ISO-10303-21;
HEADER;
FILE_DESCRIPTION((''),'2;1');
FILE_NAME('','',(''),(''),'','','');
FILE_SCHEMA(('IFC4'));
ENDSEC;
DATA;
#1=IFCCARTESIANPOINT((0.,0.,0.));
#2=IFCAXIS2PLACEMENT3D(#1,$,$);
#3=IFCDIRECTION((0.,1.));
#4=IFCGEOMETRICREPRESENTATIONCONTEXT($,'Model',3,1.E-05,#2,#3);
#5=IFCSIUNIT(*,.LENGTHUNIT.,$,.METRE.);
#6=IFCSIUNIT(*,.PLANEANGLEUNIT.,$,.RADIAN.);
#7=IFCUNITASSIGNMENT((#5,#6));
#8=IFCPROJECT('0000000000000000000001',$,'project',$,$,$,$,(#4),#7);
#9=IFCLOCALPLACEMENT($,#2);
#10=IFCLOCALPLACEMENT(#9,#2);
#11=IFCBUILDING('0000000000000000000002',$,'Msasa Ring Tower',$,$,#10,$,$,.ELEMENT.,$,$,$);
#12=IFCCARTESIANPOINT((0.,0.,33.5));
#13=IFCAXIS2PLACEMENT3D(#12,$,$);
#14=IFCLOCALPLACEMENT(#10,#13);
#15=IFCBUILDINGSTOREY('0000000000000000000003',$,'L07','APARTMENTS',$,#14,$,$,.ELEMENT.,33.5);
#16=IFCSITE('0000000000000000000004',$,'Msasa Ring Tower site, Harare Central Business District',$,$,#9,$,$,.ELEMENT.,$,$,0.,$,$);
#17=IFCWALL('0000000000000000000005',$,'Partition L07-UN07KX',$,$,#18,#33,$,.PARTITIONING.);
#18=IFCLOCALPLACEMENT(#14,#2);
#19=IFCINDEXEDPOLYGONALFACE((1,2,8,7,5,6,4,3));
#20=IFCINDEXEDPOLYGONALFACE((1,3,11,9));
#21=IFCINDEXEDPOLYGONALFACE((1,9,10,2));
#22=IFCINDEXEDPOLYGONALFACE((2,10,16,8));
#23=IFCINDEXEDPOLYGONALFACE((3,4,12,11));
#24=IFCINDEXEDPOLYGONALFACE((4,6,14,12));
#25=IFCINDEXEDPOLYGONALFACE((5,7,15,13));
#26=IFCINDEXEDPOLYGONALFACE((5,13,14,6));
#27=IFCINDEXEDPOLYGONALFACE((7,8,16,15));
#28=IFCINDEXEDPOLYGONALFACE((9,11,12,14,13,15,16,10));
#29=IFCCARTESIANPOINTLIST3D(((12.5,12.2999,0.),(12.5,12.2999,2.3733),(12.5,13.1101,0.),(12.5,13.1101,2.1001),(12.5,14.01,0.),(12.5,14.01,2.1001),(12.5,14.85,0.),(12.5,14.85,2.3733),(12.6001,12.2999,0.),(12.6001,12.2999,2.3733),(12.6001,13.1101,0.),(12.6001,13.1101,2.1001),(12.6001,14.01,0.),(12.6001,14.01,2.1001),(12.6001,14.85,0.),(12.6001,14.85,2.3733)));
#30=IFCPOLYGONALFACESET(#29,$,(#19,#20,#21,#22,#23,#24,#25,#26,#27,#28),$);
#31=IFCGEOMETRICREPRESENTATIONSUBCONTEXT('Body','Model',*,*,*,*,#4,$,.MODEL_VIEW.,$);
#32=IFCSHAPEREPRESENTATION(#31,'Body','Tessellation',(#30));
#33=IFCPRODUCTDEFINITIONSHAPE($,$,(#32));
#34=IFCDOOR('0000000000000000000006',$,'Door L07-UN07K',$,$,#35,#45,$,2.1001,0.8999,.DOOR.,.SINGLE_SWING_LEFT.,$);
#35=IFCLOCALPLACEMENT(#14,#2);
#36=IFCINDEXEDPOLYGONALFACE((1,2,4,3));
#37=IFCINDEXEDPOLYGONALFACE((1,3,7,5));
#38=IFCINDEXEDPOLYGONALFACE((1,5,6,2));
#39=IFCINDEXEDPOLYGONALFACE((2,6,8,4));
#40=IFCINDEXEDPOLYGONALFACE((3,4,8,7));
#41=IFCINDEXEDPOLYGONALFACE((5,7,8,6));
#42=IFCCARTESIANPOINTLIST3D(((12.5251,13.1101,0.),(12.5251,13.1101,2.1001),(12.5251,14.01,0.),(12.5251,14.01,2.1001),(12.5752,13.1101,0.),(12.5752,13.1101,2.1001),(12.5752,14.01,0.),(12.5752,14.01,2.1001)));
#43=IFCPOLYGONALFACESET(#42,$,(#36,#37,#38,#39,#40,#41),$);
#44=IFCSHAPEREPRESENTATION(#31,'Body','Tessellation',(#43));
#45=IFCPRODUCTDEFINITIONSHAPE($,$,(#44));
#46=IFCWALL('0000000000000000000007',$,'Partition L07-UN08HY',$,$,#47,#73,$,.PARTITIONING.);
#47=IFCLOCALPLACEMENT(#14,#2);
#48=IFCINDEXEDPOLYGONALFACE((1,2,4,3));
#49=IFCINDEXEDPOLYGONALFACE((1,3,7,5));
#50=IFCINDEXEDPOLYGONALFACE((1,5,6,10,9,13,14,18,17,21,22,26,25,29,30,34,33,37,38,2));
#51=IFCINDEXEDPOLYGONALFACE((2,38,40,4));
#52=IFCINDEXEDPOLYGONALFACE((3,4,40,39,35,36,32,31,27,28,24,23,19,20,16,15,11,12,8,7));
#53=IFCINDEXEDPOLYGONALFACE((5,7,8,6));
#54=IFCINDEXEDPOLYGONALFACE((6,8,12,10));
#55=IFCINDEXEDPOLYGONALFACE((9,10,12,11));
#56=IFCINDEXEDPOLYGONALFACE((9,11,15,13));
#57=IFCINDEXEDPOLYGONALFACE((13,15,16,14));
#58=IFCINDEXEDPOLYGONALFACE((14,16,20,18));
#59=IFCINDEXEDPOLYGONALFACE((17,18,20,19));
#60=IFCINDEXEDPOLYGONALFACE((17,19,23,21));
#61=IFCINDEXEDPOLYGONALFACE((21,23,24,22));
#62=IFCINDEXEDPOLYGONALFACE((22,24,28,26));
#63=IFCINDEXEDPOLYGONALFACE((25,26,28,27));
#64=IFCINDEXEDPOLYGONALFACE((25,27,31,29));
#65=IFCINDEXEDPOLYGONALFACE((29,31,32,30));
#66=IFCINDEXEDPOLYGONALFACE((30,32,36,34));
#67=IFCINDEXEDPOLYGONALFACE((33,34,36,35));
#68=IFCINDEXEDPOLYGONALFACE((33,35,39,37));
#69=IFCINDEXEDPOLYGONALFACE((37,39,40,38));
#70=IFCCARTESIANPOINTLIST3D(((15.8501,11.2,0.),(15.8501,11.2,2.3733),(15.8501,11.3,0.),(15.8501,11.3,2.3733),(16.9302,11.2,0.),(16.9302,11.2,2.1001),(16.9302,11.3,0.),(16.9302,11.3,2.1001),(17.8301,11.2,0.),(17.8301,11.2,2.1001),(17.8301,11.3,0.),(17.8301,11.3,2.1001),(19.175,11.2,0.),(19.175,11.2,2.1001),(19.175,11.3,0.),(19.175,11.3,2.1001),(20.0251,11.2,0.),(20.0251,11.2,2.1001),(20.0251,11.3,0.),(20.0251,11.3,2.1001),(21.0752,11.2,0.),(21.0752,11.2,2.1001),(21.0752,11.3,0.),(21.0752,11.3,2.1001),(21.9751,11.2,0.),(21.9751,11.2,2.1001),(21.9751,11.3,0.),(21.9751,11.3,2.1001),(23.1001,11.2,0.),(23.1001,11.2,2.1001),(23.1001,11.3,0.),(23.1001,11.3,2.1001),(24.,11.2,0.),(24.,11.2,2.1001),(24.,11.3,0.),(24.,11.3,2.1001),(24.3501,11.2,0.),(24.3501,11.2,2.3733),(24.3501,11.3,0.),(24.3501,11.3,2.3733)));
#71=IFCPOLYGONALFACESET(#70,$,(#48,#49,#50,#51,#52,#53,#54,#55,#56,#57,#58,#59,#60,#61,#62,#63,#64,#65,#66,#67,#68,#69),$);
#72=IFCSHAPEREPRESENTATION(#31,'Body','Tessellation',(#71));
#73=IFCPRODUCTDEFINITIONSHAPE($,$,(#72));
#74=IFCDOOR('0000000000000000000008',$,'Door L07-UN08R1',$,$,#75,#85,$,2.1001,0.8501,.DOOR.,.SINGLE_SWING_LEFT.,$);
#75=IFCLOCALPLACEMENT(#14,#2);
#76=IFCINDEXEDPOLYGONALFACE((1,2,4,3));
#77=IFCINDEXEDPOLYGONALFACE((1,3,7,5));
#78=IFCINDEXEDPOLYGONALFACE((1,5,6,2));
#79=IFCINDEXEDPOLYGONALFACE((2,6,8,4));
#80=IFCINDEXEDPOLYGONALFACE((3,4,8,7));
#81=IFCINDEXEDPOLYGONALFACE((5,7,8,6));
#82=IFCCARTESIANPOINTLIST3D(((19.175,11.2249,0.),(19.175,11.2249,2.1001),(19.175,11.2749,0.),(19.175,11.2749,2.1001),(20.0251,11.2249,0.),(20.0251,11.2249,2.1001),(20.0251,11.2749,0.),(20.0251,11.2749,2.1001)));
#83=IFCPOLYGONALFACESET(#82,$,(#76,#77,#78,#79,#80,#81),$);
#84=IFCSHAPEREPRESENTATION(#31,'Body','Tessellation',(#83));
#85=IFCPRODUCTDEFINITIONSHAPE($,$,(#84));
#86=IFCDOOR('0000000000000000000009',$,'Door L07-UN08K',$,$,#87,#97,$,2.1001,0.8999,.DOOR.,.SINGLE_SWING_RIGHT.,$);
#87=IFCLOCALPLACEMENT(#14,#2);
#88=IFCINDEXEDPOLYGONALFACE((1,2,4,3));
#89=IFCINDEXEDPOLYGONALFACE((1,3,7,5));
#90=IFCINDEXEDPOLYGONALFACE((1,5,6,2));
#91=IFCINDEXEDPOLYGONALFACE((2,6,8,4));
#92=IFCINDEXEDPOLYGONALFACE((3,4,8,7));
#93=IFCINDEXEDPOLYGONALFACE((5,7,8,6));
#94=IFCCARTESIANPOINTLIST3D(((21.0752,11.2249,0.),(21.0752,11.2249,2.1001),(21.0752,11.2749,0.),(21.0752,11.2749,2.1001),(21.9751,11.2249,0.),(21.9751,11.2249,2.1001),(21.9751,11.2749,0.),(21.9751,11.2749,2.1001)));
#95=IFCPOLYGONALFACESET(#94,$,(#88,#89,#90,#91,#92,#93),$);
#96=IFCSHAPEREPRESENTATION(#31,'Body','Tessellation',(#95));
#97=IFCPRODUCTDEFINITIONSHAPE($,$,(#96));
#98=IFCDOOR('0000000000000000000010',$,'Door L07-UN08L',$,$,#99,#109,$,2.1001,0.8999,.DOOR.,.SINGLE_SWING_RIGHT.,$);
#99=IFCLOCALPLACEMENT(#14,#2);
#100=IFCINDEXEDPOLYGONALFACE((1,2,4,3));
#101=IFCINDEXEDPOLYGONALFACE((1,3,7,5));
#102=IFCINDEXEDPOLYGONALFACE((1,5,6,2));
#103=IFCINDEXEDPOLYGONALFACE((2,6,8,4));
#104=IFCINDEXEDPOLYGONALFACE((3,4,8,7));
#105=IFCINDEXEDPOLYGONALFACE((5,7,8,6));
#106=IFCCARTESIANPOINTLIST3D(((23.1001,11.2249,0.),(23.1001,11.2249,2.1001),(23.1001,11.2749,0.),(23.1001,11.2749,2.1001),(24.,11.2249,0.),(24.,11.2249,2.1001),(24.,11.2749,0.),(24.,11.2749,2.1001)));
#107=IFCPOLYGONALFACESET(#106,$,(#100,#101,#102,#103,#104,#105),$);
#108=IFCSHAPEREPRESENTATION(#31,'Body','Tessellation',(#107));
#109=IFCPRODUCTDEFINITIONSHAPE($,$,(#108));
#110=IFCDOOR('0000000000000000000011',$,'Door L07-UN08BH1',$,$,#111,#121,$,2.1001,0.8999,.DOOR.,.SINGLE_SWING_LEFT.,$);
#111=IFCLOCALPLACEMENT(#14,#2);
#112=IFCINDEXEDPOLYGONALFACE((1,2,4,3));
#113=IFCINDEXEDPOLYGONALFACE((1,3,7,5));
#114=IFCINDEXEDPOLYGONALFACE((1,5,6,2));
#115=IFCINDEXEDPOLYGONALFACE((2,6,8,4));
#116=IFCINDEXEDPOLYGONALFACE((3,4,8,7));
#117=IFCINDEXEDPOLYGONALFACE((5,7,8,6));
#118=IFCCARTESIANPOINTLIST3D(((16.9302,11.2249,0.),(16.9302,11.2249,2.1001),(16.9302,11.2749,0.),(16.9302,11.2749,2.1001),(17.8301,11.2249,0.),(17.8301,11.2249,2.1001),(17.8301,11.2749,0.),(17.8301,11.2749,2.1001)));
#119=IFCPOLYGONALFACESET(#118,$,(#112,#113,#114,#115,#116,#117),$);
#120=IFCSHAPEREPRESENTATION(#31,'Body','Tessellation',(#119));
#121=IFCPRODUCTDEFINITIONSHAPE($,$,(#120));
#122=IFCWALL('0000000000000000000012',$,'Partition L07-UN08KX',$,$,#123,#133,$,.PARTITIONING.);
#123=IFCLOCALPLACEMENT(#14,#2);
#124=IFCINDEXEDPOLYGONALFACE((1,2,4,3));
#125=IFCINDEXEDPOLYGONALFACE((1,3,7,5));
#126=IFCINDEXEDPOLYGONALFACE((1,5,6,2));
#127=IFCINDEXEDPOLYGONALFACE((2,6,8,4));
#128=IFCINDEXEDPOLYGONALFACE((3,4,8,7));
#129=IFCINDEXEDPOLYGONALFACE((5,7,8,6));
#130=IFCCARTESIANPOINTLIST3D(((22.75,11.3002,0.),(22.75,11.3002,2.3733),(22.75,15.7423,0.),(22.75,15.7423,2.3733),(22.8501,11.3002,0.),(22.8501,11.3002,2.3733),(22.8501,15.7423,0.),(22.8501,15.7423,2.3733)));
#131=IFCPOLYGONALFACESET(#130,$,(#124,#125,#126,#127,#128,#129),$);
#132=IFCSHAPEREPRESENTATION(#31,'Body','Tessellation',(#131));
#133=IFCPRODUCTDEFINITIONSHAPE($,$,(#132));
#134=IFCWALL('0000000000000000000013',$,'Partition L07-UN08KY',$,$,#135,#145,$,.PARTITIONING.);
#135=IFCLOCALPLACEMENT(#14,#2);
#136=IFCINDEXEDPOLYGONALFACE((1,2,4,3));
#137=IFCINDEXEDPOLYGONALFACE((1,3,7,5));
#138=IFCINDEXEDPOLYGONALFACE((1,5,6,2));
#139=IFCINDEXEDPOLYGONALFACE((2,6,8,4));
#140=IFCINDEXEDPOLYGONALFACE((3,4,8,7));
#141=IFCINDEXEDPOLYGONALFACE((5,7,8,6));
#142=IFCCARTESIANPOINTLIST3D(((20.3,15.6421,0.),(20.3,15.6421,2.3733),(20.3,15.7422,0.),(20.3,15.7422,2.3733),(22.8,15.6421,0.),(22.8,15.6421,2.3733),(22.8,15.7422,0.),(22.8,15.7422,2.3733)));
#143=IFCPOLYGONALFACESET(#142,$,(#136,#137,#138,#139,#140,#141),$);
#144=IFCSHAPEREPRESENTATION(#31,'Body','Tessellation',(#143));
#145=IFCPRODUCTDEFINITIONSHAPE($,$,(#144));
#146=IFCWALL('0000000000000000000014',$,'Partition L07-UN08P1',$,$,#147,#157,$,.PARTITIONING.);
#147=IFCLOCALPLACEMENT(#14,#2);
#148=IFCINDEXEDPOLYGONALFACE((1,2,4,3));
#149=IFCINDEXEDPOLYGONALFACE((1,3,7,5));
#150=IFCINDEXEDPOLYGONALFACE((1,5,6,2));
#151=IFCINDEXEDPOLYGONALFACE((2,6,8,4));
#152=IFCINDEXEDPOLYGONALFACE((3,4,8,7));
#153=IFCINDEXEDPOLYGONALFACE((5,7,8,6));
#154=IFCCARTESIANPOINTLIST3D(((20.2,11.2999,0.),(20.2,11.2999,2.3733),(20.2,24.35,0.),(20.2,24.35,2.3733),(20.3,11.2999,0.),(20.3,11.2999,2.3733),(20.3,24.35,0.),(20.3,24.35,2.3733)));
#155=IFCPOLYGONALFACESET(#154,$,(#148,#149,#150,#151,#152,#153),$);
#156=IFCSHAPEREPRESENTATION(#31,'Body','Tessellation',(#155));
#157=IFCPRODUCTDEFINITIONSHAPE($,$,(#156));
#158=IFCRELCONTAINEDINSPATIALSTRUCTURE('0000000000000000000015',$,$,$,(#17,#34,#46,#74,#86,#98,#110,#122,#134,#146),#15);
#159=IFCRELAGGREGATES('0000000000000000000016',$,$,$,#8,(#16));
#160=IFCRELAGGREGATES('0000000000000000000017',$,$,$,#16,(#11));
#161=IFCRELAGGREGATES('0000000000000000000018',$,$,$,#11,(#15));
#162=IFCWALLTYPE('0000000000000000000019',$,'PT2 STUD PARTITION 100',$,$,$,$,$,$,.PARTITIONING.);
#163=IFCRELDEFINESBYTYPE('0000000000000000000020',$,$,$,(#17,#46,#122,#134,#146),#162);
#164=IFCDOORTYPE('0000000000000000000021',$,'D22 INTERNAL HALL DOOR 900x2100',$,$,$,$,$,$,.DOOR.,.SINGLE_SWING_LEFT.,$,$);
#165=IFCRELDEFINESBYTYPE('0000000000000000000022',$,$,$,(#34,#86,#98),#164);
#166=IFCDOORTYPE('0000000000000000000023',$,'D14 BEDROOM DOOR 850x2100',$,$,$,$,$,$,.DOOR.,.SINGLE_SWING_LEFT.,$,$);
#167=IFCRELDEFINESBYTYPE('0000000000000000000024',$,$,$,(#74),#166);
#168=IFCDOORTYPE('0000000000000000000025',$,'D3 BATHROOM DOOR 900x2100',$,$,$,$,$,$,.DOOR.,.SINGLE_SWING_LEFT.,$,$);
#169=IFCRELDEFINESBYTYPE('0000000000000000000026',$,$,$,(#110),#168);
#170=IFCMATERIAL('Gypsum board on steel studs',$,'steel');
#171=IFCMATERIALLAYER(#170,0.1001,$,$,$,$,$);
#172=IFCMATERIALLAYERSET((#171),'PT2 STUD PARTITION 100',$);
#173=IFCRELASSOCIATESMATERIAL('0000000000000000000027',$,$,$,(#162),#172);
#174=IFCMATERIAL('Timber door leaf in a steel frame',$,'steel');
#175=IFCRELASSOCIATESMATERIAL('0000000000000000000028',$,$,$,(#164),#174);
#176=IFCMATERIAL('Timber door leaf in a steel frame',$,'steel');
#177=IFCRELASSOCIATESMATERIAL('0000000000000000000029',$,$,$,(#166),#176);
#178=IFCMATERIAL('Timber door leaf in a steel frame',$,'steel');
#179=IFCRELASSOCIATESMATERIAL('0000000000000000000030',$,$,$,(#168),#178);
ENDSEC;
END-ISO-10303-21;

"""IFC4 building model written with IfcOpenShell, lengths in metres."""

from ifc_helpers import new_model, si_unit, direction, frame, frame_2d, origin, place, context, subcontext, project, spatial, rectangle, extrude, material, layer, layer_set, type_object, element, fill, save


model = new_model("IFC4")

# Units and contexts
model_context = context("Model", 3, precision=1e-05, world=origin(), true_north=direction((0.0, 1.0)))
body_context = subcontext(model_context, "Body", "Model", "MODEL_VIEW")
ifc_project = project(units=[si_unit("LENGTHUNIT", "METRE"), si_unit("PLANEANGLEUNIT", "RADIAN")], contexts=[model_context])

# Site, building, storey
site_placement = place(None, origin())
site = spatial("IfcSite", under=ifc_project, at=site_placement, Name="Msasa Ring Tower site, Harare Central Business District", CompositionType="ELEMENT", RefElevation=0.0)
building_placement = place(site_placement, origin())
building = spatial("IfcBuilding", under=site, at=building_placement, Name="Msasa Ring Tower", CompositionType="ELEMENT")
storey_placement = place(building_placement, frame((0.0, 0.0, 33.5)))
storey = spatial("IfcBuildingStorey", under=building, at=storey_placement, Name="L07", Description="APARTMENTS", CompositionType="ELEMENT", Elevation=33.5)

# Shared definitions
ifc_material_1 = material(Name="Gypsum board on steel studs", Category="steel")
ifc_layer_1 = layer(ifc_material_1, 0.1001)
ifc_layer_set_1 = layer_set([ifc_layer_1], Name="PT2 STUD PARTITION 100")
wall_type_1 = type_object("IfcWallType", Name="PT2 STUD PARTITION 100", PredefinedType="PARTITIONING", material=ifc_layer_set_1)

# Wall, opening, door
wall_1_placement = place(storey_placement, frame((12.55, 12.3, 0.0), z_axis=(0.0, 0.0, 1.0), x_axis=(0.0, 1.0, 0.0)))
wall_1 = element("IfcWall", 1, at=wall_1_placement, inside=storey, type_object=wall_type_1, Name="Partition L07-UN07KX", PredefinedType="PARTITIONING", context=body_context, shape_type="SweptSolid", body=[
    extrude(rectangle(XDim=2.55, YDim=0.1001, at=frame_2d((1.2749, 0.0))), origin(), (0.0, 0.0, 1.0), 2.3733),
])
opening_1_placement = place(wall_1_placement, frame((0.8101, 0.0, 0.0)))
opening_1 = element("IfcOpeningElement", 2, at=opening_1_placement, cuts=wall_1, PredefinedType="OPENING", context=body_context, shape_type="SweptSolid", body=[
    extrude(rectangle(XDim=0.8999, YDim=2.1001, at=frame_2d((0.45, 1.05))), frame((0.0, 0.0601, 0.0), z_axis=(0.0, -1.0, 0.0), x_axis=(1.0, 0.0, 0.0)), (0.0, 0.0, 1.0), 0.1201),
])
ifc_material_2 = material(Name="Timber door leaf in a steel frame", Category="steel")
door_type_1 = type_object("IfcDoorType", Name="D22 INTERNAL HALL DOOR 900x2100", OperationType="SINGLE_SWING_LEFT", PredefinedType="DOOR", material=ifc_material_2)
door_1_placement = place(opening_1_placement, origin())
door_1 = element("IfcDoor", 3, at=door_1_placement, inside=storey, type_object=door_type_1, Name="Door L07-UN07K", OperationType="SINGLE_SWING_LEFT", OverallHeight=2.1001, OverallWidth=0.8999, PredefinedType="DOOR", context=body_context, shape_type="SweptSolid", body=[
    extrude(rectangle(XDim=0.8999, YDim=2.1001, at=frame_2d((0.45, 1.05))), frame((0.0, 0.0249, 0.0), z_axis=(0.0, -1.0, 0.0), x_axis=(1.0, 0.0, 0.0)), (0.0, 0.0, 1.0), 0.05),
])
fill(opening_1, door_1)

# Wall, openings, doors
wall_2_placement = place(storey_placement, frame((15.8501, 11.25, 0.0), z_axis=(0.0, 0.0, 1.0), x_axis=(1.0, 0.0, 0.0)))
wall_2 = element("IfcWall", 4, at=wall_2_placement, inside=storey, type_object=wall_type_1, Name="Partition L07-UN08HY", PredefinedType="PARTITIONING", context=body_context, shape_type="SweptSolid", body=[
    extrude(rectangle(XDim=8.5, YDim=0.1001, at=frame_2d((4.25, 0.0))), origin(), (0.0, 0.0, 1.0), 2.3733),
])
opening_2_placement = place(wall_2_placement, frame((5.2251, 0.0, 0.0)))
opening_2 = element("IfcOpeningElement", 5, at=opening_2_placement, cuts=wall_2, PredefinedType="OPENING", context=body_context, shape_type="SweptSolid", body=[
    extrude(rectangle(XDim=0.8999, YDim=2.1001, at=frame_2d((0.45, 1.05))), frame((0.0, 0.0601, 0.0), z_axis=(0.0, -1.0, 0.0), x_axis=(1.0, 0.0, 0.0)), (0.0, 0.0, 1.0), 0.1201),
])
opening_3_placement = place(wall_2_placement, frame((7.25, 0.0, 0.0)))
opening_3 = element("IfcOpeningElement", 6, at=opening_3_placement, cuts=wall_2, PredefinedType="OPENING", context=body_context, shape_type="SweptSolid", body=[
    extrude(rectangle(XDim=0.8999, YDim=2.1001, at=frame_2d((0.45, 1.05))), frame((0.0, 0.0601, 0.0), z_axis=(0.0, -1.0, 0.0), x_axis=(1.0, 0.0, 0.0)), (0.0, 0.0, 1.0), 0.1201),
])
opening_4_placement = place(wall_2_placement, frame((3.325, 0.0, 0.0)))
opening_4 = element("IfcOpeningElement", 7, at=opening_4_placement, cuts=wall_2, PredefinedType="OPENING", context=body_context, shape_type="SweptSolid", body=[
    extrude(rectangle(XDim=0.8501, YDim=2.1001, at=frame_2d((0.425, 1.05))), frame((0.0, 0.0601, 0.0), z_axis=(0.0, -1.0, 0.0), x_axis=(1.0, 0.0, 0.0)), (0.0, 0.0, 1.0), 0.1201),
])
opening_5_placement = place(wall_2_placement, frame((1.0801, 0.0, 0.0)))
opening_5 = element("IfcOpeningElement", 8, at=opening_5_placement, cuts=wall_2, PredefinedType="OPENING", context=body_context, shape_type="SweptSolid", body=[
    extrude(rectangle(XDim=0.8999, YDim=2.1001, at=frame_2d((0.45, 1.05))), frame((0.0, 0.0601, 0.0), z_axis=(0.0, -1.0, 0.0), x_axis=(1.0, 0.0, 0.0)), (0.0, 0.0, 1.0), 0.1201),
])
ifc_material_3 = material(Name="Timber door leaf in a steel frame", Category="steel")
door_type_2 = type_object("IfcDoorType", Name="D14 BEDROOM DOOR 850x2100", OperationType="SINGLE_SWING_LEFT", PredefinedType="DOOR", material=ifc_material_3)
door_2_placement = place(opening_4_placement, origin())
door_2 = element("IfcDoor", 9, at=door_2_placement, inside=storey, type_object=door_type_2, Name="Door L07-UN08R1", OperationType="SINGLE_SWING_LEFT", OverallHeight=2.1001, OverallWidth=0.8501, PredefinedType="DOOR", context=body_context, shape_type="SweptSolid", body=[
    extrude(rectangle(XDim=0.8501, YDim=2.1001, at=frame_2d((0.425, 1.05))), frame((0.0, 0.0249, 0.0), z_axis=(0.0, -1.0, 0.0), x_axis=(1.0, 0.0, 0.0)), (0.0, 0.0, 1.0), 0.05),
])
fill(opening_4, door_2)
door_3_placement = place(opening_2_placement, origin())
door_3 = element("IfcDoor", 10, at=door_3_placement, inside=storey, type_object=door_type_1, Name="Door L07-UN08K", OperationType="SINGLE_SWING_RIGHT", OverallHeight=2.1001, OverallWidth=0.8999, PredefinedType="DOOR", context=body_context, shape_type="SweptSolid", body=[
    extrude(rectangle(XDim=0.8999, YDim=2.1001, at=frame_2d((0.45, 1.05))), frame((0.0, 0.0249, 0.0), z_axis=(0.0, -1.0, 0.0), x_axis=(1.0, 0.0, 0.0)), (0.0, 0.0, 1.0), 0.05),
])
fill(opening_2, door_3)
door_4_placement = place(opening_3_placement, origin())
door_4 = element("IfcDoor", 11, at=door_4_placement, inside=storey, type_object=door_type_1, Name="Door L07-UN08L", OperationType="SINGLE_SWING_RIGHT", OverallHeight=2.1001, OverallWidth=0.8999, PredefinedType="DOOR", context=body_context, shape_type="SweptSolid", body=[
    extrude(rectangle(XDim=0.8999, YDim=2.1001, at=frame_2d((0.45, 1.05))), frame((0.0, 0.0249, 0.0), z_axis=(0.0, -1.0, 0.0), x_axis=(1.0, 0.0, 0.0)), (0.0, 0.0, 1.0), 0.05),
])
fill(opening_3, door_4)
ifc_material_4 = material(Name="Timber door leaf in a steel frame", Category="steel")
door_type_3 = type_object("IfcDoorType", Name="D3 BATHROOM DOOR 900x2100", OperationType="SINGLE_SWING_LEFT", PredefinedType="DOOR", material=ifc_material_4)
door_5_placement = place(opening_5_placement, origin())
door_5 = element("IfcDoor", 12, at=door_5_placement, inside=storey, type_object=door_type_3, Name="Door L07-UN08BH1", OperationType="SINGLE_SWING_LEFT", OverallHeight=2.1001, OverallWidth=0.8999, PredefinedType="DOOR", context=body_context, shape_type="SweptSolid", body=[
    extrude(rectangle(XDim=0.8999, YDim=2.1001, at=frame_2d((0.45, 1.05))), frame((0.0, 0.0249, 0.0), z_axis=(0.0, -1.0, 0.0), x_axis=(1.0, 0.0, 0.0)), (0.0, 0.0, 1.0), 0.05),
])
fill(opening_5, door_5)

# Walls
wall_3_placement = place(storey_placement, frame((22.8, 11.3, 0.0), z_axis=(0.0, 0.0, 1.0), x_axis=(0.0, 1.0, 0.0)))
element("IfcWall", 13, at=wall_3_placement, inside=storey, type_object=wall_type_1, Name="Partition L07-UN08KX", PredefinedType="PARTITIONING", context=body_context, shape_type="SweptSolid", body=[
    extrude(rectangle(XDim=4.4421, YDim=0.1001, at=frame_2d((2.2212, 0.0))), origin(), (0.0, 0.0, 1.0), 2.3733),
])
wall_4_placement = place(storey_placement, frame((20.3, 15.6921, 0.0), z_axis=(0.0, 0.0, 1.0), x_axis=(1.0, 0.0, 0.0)))
element("IfcWall", 14, at=wall_4_placement, inside=storey, type_object=wall_type_1, Name="Partition L07-UN08KY", PredefinedType="PARTITIONING", context=body_context, shape_type="SweptSolid", body=[
    extrude(rectangle(XDim=2.5, YDim=0.1001, at=frame_2d((1.25, 0.0))), origin(), (0.0, 0.0, 1.0), 2.3733),
])
wall_5_placement = place(storey_placement, frame((20.25, 11.3, 0.0), z_axis=(0.0, 0.0, 1.0), x_axis=(0.0, 1.0, 0.0)))
element("IfcWall", 15, at=wall_5_placement, inside=storey, type_object=wall_type_1, Name="Partition L07-UN08P1", PredefinedType="PARTITIONING", context=body_context, shape_type="SweptSolid", body=[
    extrude(rectangle(XDim=13.05, YDim=0.1001, at=frame_2d((6.5249, 0.0))), origin(), (0.0, 0.0, 1.0), 2.3733),
])

save(model, "model.ifc")
